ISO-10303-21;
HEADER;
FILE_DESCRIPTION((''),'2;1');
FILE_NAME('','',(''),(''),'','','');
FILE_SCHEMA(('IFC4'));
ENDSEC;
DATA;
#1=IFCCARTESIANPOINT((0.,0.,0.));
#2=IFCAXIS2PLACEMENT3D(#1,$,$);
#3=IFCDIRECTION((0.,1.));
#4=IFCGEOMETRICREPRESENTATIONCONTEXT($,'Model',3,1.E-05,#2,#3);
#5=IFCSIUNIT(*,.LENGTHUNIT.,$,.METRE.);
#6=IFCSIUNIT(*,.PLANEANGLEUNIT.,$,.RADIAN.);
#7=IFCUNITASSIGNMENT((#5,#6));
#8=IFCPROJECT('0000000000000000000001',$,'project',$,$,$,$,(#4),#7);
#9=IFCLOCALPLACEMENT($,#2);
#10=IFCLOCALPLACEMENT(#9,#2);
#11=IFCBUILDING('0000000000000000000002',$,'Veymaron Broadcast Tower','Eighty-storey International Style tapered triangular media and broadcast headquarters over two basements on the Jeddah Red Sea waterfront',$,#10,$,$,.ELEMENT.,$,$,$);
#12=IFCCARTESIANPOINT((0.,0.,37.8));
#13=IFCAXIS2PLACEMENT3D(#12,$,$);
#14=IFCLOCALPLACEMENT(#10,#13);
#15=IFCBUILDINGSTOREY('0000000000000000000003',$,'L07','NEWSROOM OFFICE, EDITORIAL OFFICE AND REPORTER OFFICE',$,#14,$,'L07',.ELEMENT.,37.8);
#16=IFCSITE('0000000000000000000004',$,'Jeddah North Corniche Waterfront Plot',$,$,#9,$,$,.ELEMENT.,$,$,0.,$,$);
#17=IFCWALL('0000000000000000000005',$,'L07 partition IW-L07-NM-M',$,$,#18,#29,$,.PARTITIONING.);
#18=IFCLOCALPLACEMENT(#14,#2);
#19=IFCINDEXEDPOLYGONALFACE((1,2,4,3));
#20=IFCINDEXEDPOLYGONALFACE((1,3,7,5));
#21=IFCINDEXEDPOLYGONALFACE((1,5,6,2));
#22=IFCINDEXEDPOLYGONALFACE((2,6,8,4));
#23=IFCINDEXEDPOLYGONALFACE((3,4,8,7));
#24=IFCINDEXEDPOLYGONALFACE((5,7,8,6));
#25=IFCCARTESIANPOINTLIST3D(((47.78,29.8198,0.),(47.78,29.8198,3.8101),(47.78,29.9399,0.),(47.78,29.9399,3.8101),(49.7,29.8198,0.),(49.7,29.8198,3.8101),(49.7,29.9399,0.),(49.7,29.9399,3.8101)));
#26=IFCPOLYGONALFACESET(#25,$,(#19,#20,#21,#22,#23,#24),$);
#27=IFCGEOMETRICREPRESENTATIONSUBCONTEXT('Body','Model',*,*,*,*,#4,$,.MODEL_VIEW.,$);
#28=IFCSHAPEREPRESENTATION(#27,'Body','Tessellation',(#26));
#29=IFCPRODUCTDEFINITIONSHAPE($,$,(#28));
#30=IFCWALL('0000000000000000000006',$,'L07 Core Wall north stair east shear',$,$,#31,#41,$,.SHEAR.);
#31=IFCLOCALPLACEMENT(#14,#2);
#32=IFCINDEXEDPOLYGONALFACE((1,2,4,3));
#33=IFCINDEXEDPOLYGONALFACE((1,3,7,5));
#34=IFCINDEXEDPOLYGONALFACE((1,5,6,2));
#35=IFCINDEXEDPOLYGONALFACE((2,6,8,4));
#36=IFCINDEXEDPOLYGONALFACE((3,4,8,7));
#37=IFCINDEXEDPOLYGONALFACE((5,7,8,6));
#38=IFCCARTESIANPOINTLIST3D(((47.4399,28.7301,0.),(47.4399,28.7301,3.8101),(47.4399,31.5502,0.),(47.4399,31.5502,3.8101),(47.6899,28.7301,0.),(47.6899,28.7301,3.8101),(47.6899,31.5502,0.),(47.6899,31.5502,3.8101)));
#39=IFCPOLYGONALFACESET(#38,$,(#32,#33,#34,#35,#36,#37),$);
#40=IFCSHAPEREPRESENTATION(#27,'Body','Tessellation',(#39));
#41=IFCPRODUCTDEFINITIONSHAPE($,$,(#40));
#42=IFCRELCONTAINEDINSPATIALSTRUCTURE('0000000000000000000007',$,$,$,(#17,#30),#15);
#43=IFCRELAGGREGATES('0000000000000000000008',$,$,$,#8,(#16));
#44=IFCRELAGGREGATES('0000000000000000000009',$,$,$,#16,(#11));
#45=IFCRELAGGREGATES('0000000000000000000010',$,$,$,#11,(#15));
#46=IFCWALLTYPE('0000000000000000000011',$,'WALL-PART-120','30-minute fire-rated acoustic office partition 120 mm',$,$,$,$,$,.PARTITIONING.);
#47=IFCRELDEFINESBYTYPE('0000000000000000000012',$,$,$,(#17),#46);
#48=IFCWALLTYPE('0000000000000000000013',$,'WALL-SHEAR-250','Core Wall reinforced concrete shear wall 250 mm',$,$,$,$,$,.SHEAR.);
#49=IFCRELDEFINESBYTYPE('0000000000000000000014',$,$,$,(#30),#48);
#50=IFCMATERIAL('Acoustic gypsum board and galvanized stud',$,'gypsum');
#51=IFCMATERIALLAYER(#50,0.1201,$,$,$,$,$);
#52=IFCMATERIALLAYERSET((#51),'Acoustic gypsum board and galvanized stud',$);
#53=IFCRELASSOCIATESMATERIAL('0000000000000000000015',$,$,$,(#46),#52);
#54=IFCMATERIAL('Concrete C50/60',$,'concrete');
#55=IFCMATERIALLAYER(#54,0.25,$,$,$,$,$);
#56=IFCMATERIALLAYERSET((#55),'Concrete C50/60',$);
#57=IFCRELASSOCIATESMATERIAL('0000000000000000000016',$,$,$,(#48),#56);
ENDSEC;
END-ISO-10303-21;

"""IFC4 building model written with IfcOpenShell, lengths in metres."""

from ifc_helpers import new_model, si_unit, direction, frame, frame_2d, origin, place, context, subcontext, project, spatial, rectangle, extrude, material, layer, layer_set, type_object, element, save


model = new_model("IFC4")

# Units and contexts
model_context = context("Model", 3, precision=1e-05, world=origin(), true_north=direction((0.0, 1.0)))
body_context = subcontext(model_context, "Body", "Model", "MODEL_VIEW")
ifc_project = project(units=[si_unit("LENGTHUNIT", "METRE"), si_unit("PLANEANGLEUNIT", "RADIAN")], contexts=[model_context])

# Site, building, storey
site_placement = place(None, origin())
site = spatial("IfcSite", under=ifc_project, at=site_placement, Name="Jeddah North Corniche Waterfront Plot", CompositionType="ELEMENT", RefElevation=0.0)
building_placement = place(site_placement, origin())
building = spatial("IfcBuilding", under=site, at=building_placement, Name="Veymaron Broadcast Tower", Description="Eighty-storey International Style tapered triangular media and broadcast headquarters over two basements on the Jeddah Red Sea waterfront", CompositionType="ELEMENT")
storey_placement = place(building_placement, frame((0.0, 0.0, 37.8)))
storey = spatial("IfcBuildingStorey", under=building, at=storey_placement, Name="L07", Description="NEWSROOM OFFICE, EDITORIAL OFFICE AND REPORTER OFFICE", LongName="L07", CompositionType="ELEMENT", Elevation=37.8)

# Wall
ifc_material_1 = material(Name="Acoustic gypsum board and galvanized stud", Category="gypsum")
ifc_layer_1 = layer(ifc_material_1, 0.1201)
ifc_layer_set_1 = layer_set([ifc_layer_1], Name="Acoustic gypsum board and galvanized stud")
wall_type_1 = type_object("IfcWallType", Name="WALL-PART-120", Description="30-minute fire-rated acoustic office partition 120 mm", PredefinedType="PARTITIONING", material=ifc_layer_set_1)
wall_1_placement = place(storey_placement, frame((47.78, 29.8799, 0.0), z_axis=(0.0, 0.0, 1.0), x_axis=(1.0, 0.0, 0.0)))
element("IfcWall", 1, at=wall_1_placement, inside=storey, type_object=wall_type_1, Name="L07 partition IW-L07-NM-M", PredefinedType="PARTITIONING", context=body_context, shape_type="SweptSolid", body=[
    extrude(rectangle(XDim=1.9199, YDim=0.1201, at=frame_2d((0.96, 0.0))), origin(), (0.0, 0.0, 1.0), 3.8101),
])

# Wall
ifc_material_2 = material(Name="Concrete C50/60", Category="concrete")
ifc_layer_2 = layer(ifc_material_2, 0.25)
ifc_layer_set_2 = layer_set([ifc_layer_2], Name="Concrete C50/60")
wall_type_2 = type_object("IfcWallType", Name="WALL-SHEAR-250", Description="Core Wall reinforced concrete shear wall 250 mm", PredefinedType="SHEAR", material=ifc_layer_set_2)
wall_2_placement = place(storey_placement, frame((47.5649, 28.73, 0.0), z_axis=(0.0, 0.0, 1.0), x_axis=(0.0, 1.0, 0.0)))
element("IfcWall", 2, at=wall_2_placement, inside=storey, type_object=wall_type_2, Name="L07 Core Wall north stair east shear", PredefinedType="SHEAR", context=body_context, shape_type="SweptSolid", body=[
    extrude(rectangle(XDim=2.8201, YDim=0.25, at=frame_2d((1.4102, 0.0))), origin(), (0.0, 0.0, 1.0), 3.8101),
])

save(model, "model.ifc")
